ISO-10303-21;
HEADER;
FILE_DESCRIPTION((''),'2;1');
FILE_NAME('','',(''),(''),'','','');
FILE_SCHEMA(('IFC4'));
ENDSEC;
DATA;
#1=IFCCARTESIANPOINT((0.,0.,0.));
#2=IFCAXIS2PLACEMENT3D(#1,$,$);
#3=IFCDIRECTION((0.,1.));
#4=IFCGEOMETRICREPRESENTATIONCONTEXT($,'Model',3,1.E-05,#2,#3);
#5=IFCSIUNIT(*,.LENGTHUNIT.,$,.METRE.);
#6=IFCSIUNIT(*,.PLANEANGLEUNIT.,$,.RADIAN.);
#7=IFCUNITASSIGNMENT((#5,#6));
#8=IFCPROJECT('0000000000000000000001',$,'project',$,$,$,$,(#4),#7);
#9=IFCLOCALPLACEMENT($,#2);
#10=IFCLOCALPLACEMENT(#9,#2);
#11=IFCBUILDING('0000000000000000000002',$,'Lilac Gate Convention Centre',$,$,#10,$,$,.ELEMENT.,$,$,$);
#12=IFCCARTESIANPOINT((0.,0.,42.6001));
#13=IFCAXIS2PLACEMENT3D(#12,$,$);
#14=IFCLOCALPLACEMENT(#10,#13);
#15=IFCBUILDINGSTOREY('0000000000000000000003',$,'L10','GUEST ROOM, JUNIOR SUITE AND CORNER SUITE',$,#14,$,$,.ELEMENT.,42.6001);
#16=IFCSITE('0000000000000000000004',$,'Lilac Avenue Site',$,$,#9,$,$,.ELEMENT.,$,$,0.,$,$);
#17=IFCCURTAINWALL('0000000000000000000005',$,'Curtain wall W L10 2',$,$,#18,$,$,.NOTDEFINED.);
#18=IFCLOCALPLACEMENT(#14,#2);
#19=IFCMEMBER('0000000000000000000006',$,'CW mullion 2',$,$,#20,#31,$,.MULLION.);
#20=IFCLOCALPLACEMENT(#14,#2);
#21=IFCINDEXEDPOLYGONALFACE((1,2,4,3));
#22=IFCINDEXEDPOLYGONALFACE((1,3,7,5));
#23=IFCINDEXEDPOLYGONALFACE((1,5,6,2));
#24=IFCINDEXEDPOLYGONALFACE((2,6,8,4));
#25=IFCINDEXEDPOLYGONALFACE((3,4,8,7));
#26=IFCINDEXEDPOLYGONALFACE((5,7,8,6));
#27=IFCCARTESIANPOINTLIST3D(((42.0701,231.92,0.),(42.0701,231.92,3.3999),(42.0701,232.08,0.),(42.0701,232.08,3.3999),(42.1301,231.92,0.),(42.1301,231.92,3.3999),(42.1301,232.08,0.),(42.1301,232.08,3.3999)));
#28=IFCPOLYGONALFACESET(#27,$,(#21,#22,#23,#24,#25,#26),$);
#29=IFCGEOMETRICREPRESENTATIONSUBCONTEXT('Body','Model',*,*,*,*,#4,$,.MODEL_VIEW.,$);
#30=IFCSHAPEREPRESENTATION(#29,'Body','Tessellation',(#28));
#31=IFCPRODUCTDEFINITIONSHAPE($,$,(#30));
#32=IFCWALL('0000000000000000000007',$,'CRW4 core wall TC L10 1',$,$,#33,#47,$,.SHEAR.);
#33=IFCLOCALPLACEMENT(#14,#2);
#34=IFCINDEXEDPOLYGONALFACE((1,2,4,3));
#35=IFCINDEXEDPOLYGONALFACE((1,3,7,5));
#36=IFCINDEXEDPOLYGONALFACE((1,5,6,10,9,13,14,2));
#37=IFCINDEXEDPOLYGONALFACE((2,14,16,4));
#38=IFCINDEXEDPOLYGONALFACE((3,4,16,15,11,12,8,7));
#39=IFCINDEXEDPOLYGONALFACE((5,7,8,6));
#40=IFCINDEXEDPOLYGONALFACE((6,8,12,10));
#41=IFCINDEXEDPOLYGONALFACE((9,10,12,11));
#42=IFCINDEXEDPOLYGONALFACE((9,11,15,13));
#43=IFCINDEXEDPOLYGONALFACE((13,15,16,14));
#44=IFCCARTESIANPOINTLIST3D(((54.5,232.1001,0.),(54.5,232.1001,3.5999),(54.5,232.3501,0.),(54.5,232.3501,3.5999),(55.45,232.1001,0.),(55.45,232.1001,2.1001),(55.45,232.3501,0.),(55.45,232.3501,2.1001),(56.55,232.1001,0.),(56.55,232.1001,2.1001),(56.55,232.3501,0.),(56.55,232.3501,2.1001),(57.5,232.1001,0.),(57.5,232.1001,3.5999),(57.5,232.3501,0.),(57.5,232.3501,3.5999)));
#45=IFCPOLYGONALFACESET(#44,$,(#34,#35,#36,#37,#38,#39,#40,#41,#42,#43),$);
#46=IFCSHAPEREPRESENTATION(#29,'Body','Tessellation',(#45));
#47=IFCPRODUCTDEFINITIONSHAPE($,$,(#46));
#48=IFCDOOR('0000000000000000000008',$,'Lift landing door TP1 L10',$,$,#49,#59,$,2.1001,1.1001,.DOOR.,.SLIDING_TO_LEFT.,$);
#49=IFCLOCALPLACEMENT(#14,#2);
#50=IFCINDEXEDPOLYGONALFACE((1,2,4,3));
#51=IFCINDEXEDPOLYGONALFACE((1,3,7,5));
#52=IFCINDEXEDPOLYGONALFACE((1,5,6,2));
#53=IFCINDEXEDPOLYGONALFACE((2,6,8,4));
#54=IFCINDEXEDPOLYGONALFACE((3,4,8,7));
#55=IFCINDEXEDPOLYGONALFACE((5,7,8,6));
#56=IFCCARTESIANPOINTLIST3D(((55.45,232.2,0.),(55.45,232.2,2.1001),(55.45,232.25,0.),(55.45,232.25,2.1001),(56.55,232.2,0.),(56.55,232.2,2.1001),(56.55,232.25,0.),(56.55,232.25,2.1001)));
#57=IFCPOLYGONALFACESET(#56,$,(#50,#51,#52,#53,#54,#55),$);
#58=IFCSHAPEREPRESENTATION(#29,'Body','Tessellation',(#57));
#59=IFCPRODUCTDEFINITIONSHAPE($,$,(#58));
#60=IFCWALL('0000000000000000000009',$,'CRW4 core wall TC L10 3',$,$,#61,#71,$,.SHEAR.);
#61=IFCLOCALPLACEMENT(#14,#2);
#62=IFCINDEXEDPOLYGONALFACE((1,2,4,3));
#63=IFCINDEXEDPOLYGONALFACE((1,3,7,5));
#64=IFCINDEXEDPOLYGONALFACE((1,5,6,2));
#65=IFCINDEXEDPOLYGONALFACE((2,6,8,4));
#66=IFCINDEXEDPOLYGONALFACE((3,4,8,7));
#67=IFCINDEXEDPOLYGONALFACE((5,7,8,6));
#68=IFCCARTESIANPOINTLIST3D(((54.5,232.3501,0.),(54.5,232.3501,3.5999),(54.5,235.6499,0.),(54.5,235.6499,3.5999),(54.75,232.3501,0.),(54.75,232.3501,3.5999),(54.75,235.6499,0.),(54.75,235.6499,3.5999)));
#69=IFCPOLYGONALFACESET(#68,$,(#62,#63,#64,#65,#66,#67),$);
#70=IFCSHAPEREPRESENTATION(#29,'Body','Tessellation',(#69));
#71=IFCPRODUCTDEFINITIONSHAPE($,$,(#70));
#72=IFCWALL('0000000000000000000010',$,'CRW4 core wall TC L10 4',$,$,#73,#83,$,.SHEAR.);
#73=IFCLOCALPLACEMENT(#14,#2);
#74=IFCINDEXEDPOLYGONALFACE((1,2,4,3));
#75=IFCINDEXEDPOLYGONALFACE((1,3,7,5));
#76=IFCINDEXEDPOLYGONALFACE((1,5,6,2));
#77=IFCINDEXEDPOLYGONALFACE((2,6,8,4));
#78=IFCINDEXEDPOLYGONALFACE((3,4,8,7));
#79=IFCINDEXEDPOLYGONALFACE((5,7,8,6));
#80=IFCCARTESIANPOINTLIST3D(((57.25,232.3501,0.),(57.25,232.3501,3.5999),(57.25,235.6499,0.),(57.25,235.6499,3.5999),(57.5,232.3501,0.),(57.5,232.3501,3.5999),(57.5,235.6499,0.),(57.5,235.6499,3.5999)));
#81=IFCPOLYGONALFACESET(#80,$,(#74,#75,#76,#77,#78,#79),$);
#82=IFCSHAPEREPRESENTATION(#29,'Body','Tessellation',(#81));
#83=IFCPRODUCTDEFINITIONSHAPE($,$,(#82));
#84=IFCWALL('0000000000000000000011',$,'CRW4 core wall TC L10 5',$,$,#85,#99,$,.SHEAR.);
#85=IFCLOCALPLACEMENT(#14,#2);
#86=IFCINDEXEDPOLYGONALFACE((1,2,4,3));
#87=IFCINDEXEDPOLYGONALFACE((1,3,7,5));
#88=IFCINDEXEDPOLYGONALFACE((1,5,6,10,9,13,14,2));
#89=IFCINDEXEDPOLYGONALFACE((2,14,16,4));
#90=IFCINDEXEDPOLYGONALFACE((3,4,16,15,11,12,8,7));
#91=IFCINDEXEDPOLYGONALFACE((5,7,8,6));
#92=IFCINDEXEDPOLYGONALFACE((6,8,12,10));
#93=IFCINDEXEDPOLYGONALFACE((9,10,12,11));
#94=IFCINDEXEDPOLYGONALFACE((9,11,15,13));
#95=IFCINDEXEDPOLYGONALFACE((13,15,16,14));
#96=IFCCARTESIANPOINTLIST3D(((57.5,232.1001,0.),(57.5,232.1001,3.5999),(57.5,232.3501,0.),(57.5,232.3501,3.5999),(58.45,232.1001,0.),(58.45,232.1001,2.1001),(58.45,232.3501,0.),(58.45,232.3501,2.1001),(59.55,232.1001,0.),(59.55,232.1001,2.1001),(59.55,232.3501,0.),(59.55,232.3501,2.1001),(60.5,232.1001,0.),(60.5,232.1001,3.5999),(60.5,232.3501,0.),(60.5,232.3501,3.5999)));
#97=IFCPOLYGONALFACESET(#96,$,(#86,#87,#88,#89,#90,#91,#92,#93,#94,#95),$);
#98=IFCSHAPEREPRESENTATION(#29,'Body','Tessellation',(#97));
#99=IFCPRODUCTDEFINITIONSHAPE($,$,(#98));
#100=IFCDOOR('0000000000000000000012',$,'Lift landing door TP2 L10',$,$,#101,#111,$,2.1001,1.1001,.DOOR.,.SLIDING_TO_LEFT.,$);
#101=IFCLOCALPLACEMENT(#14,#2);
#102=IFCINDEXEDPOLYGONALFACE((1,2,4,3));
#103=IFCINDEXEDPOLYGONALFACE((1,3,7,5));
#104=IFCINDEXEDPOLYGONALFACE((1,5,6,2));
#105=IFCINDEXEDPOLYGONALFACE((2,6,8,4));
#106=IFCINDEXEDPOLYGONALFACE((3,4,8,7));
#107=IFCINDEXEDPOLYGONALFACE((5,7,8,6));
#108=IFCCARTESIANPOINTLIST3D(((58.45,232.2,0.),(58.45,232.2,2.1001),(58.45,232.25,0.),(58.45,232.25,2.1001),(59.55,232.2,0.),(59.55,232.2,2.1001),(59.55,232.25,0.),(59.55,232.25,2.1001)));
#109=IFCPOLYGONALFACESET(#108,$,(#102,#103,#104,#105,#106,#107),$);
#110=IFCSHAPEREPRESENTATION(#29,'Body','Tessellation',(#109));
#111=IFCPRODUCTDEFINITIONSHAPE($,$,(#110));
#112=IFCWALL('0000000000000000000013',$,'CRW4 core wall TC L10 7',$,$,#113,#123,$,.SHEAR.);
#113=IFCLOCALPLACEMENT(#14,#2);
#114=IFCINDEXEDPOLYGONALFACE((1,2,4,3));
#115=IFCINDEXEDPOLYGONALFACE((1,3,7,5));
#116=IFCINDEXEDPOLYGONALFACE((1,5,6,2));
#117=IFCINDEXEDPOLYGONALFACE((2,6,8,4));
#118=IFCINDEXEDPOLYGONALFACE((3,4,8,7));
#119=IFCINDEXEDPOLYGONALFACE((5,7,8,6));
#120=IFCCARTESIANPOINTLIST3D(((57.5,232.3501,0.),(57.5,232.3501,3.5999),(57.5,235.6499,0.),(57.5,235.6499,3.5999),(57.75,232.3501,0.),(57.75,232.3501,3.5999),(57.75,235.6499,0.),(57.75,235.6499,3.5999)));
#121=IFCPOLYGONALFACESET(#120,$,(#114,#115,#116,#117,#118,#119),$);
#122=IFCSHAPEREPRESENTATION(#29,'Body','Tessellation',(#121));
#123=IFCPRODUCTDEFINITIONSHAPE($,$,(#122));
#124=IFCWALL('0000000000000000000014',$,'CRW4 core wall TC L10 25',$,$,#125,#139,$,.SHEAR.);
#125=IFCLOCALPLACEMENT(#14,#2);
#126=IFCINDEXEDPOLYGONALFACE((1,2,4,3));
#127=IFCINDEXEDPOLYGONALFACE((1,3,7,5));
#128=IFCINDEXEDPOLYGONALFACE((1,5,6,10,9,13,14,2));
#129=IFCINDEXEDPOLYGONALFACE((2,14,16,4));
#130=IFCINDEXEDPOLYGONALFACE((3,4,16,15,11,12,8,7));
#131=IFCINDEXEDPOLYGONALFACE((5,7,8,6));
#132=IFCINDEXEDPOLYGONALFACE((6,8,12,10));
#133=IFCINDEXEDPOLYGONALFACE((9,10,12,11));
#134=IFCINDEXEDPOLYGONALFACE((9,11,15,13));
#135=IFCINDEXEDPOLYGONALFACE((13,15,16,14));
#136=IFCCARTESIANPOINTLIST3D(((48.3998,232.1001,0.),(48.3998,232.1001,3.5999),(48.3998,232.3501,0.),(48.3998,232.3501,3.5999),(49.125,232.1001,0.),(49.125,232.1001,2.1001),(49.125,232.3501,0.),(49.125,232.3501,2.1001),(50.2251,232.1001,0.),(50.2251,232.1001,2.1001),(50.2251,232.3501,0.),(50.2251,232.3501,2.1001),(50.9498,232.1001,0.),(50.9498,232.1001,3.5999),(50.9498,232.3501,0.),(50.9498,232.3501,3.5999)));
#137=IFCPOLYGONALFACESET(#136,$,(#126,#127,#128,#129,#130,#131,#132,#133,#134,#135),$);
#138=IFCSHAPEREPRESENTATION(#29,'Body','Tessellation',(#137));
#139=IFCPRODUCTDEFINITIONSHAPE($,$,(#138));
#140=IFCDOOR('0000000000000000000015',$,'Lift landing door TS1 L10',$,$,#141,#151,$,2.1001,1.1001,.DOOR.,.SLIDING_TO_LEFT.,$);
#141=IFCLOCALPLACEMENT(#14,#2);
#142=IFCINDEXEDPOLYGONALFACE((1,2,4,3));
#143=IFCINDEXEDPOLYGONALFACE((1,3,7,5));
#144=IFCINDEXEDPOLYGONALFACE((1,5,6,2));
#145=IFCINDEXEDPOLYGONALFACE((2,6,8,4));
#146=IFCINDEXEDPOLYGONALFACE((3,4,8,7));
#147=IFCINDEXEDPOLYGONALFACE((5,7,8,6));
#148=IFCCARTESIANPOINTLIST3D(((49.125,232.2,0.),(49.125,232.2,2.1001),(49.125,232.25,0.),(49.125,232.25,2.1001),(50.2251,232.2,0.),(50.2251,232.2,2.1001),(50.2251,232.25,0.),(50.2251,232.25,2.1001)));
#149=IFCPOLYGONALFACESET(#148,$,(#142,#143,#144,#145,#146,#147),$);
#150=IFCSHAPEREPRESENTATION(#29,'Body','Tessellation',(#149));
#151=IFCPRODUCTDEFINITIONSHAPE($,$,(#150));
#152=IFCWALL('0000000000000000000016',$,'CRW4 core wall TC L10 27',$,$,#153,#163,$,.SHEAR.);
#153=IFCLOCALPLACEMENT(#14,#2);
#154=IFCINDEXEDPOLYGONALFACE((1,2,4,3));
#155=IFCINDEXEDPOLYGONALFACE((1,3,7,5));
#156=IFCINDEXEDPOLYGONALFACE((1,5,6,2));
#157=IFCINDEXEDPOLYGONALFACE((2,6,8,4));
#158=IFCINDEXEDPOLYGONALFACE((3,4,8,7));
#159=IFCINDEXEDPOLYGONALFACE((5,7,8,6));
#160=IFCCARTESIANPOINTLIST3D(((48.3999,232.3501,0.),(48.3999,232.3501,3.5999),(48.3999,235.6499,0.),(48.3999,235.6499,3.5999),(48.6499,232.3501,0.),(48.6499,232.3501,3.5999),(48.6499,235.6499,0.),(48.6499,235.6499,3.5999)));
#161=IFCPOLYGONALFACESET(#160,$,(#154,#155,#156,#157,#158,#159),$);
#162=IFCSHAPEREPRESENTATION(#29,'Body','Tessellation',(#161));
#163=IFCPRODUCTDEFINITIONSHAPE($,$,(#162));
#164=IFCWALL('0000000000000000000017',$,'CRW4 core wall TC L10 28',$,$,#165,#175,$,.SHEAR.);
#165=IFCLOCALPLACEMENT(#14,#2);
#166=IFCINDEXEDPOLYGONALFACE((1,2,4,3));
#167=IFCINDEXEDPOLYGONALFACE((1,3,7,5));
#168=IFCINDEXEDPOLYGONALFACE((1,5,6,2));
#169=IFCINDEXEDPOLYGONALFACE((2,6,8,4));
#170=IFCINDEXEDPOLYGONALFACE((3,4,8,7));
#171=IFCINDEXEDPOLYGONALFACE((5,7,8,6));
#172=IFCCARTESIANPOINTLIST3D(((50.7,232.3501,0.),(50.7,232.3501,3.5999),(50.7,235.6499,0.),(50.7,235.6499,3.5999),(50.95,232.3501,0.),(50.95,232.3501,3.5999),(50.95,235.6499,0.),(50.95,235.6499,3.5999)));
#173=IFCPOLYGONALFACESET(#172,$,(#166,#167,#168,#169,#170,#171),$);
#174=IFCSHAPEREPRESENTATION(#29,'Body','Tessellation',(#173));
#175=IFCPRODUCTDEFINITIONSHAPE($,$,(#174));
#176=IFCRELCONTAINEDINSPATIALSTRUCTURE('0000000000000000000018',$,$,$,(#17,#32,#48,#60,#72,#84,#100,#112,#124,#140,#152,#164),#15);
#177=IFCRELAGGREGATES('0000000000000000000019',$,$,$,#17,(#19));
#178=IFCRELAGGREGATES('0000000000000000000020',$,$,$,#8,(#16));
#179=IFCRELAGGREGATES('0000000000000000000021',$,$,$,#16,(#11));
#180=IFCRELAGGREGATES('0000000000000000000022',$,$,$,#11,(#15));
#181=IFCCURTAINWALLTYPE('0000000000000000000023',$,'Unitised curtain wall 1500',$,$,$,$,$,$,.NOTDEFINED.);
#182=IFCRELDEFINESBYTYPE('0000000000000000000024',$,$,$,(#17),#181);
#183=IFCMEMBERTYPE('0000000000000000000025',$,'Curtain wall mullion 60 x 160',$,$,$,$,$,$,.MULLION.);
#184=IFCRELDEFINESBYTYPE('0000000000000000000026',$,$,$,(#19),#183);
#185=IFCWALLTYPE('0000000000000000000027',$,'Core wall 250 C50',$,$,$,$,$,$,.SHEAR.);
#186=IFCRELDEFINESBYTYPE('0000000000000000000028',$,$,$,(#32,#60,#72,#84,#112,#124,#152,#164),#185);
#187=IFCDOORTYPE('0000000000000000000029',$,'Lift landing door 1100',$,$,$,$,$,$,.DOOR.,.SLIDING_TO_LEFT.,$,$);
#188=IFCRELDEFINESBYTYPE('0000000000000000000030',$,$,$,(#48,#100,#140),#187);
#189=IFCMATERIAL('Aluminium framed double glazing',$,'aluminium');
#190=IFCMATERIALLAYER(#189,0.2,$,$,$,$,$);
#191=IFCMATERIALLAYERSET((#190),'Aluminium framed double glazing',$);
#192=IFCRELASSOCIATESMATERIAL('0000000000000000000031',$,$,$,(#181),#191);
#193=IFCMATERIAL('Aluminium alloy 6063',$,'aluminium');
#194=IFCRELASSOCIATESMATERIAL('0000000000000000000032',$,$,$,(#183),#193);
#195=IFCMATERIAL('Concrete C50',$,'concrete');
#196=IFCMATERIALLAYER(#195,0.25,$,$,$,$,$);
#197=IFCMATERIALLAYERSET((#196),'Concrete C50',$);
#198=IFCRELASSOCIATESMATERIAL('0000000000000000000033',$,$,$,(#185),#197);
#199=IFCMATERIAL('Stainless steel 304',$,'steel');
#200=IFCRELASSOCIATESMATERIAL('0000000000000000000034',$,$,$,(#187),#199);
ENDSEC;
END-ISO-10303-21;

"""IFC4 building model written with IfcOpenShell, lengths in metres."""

from ifc_helpers import new_model, si_unit, direction, frame, frame_2d, origin, origin_2d, place, context, subcontext, project, spatial, rectangle, extrude, material, layer, layer_set, material_profile, profile_set, type_object, element, fill, aggregate, save


model = new_model("IFC4")

# Units and contexts
model_context = context("Model", 3, precision=1e-05, world=origin(), true_north=direction((0.0, 1.0)))
body_context = subcontext(model_context, "Body", "Model", "MODEL_VIEW")
ifc_project = project(units=[si_unit("LENGTHUNIT", "METRE"), si_unit("PLANEANGLEUNIT", "RADIAN")], contexts=[model_context])

# Site, building, storey
site_placement = place(None, origin())
site = spatial("IfcSite", under=ifc_project, at=site_placement, Name="Lilac Avenue Site", CompositionType="ELEMENT", RefElevation=0.0)
building_placement = place(site_placement, origin())
building = spatial("IfcBuilding", under=site, at=building_placement, Name="Lilac Gate Convention Centre", CompositionType="ELEMENT")
storey_placement = place(building_placement, frame((0.0, 0.0, 42.6001)))
storey = spatial("IfcBuildingStorey", under=building, at=storey_placement, Name="L10", Description="GUEST ROOM, JUNIOR SUITE AND CORNER SUITE", CompositionType="ELEMENT", Elevation=42.6001)

# Curtain wall, member
ifc_material_1 = material(Name="Aluminium framed double glazing", Category="aluminium")
ifc_layer_1 = layer(ifc_material_1, 0.2)
ifc_layer_set_1 = layer_set([ifc_layer_1], Name="Aluminium framed double glazing")
curtain_wall_type = type_object("IfcCurtainWallType", Name="Unitised curtain wall 1500", PredefinedType="NOTDEFINED", material=ifc_layer_set_1)
curtain_wall_placement = place(storey_placement, origin())
curtain_wall = element("IfcCurtainWall", 1, at=curtain_wall_placement, inside=storey, type_object=curtain_wall_type, Name="Curtain wall W L10 2", PredefinedType="NOTDEFINED")
ifc_material_2 = material(Name="Aluminium alloy 6063", Category="aluminium")
ifc_material_profile = material_profile(ifc_material_2, rectangle(XDim=0.0601, YDim=0.1599, at=origin_2d()), Name="Curtain wall mullion 60 x 160")
ifc_profile_set = profile_set([ifc_material_profile], Name="Aluminium alloy 6063")
member_type = type_object("IfcMemberType", Name="Curtain wall mullion 60 x 160", PredefinedType="MULLION", material=ifc_profile_set)
member_placement = place(storey_placement, frame((42.1001, 232.0, 0.0), z_axis=(0.0, 0.0, 1.0), x_axis=(1.0, 0.0, 0.0)))
member = element("IfcMember", 2, at=member_placement, type_object=member_type, Name="CW mullion 2", PredefinedType="MULLION", context=body_context, shape_type="SweptSolid", body=[
    extrude(rectangle(XDim=0.0601, YDim=0.1599, at=origin_2d()), origin(), (0.0, 0.0, 1.0), 3.3999),
])
aggregate(curtain_wall, [member])

# Wall, opening, door
ifc_material_3 = material(Name="Concrete C50", Category="concrete")
ifc_layer_2 = layer(ifc_material_3, 0.25)
ifc_layer_set_2 = layer_set([ifc_layer_2], Name="Concrete C50")
wall_type_1 = type_object("IfcWallType", Name="Core wall 250 C50", PredefinedType="SHEAR", material=ifc_layer_set_2)
wall_1_placement = place(storey_placement, frame((54.5, 232.2251, 0.0), z_axis=(0.0, 0.0, 1.0), x_axis=(1.0, 0.0, 0.0)))
wall_1 = element("IfcWall", 3, at=wall_1_placement, inside=storey, type_object=wall_type_1, Name="CRW4 core wall TC L10 1", PredefinedType="SHEAR", context=body_context, shape_type="SweptSolid", body=[
    extrude(rectangle(XDim=3.0, YDim=0.25, at=frame_2d((1.5, 0.0))), origin(), (0.0, 0.0, 1.0), 3.5999),
])
opening_1_placement = place(wall_1_placement, frame((0.95, 0.0, 0.0)))
opening_1 = element("IfcOpeningElement", 4, at=opening_1_placement, cuts=wall_1, PredefinedType="OPENING", context=body_context, shape_type="SweptSolid", body=[
    extrude(rectangle(XDim=1.1001, YDim=2.1001, at=frame_2d((0.55, 1.05))), frame((0.0, 0.135, 0.0), z_axis=(0.0, -1.0, 0.0), x_axis=(1.0, 0.0, 0.0)), (0.0, 0.0, 1.0), 0.27),
])
ifc_material_4 = material(Name="Stainless steel 304", Category="steel")
door_type_1 = type_object("IfcDoorType", Name="Lift landing door 1100", OperationType="SLIDING_TO_LEFT", PredefinedType="DOOR", material=ifc_material_4)
door_1_placement = place(opening_1_placement, origin())
door_1 = element("IfcDoor", 5, at=door_1_placement, inside=storey, type_object=door_type_1, Name="Lift landing door TP1 L10", OperationType="SLIDING_TO_LEFT", OverallHeight=2.1001, OverallWidth=1.1001, PredefinedType="DOOR", context=body_context, shape_type="SweptSolid", body=[
    extrude(rectangle(XDim=1.1001, YDim=2.1001, at=frame_2d((0.55, 1.05))), frame((0.0, 0.0249, 0.0), z_axis=(0.0, -1.0, 0.0), x_axis=(1.0, 0.0, 0.0)), (0.0, 0.0, 1.0), 0.05),
])
fill(opening_1, door_1)

# Walls
for number, where, z_axis, x_axis, name in (
    (6, (54.625, 232.3501, 0.0), (0.0, 0.0, 1.0), (0.0, 1.0, 0.0), "CRW4 core wall TC L10 3"),
    (7, (57.375, 232.3501, 0.0), (0.0, 0.0, 1.0), (0.0, 1.0, 0.0), "CRW4 core wall TC L10 4"),
):
    element("IfcWall", number, at=place(storey_placement, frame(where, z_axis=z_axis, x_axis=x_axis)), inside=storey, type_object=wall_type_1, Name=name, PredefinedType="SHEAR", context=body_context, shape_type="SweptSolid", body=[
        extrude(rectangle(XDim=3.2998, YDim=0.25, at=frame_2d((1.6499, 0.0))), origin(), (0.0, 0.0, 1.0), 3.5999),
    ])

# Wall, opening, door
wall_2_placement = place(storey_placement, frame((57.5, 232.2251, 0.0), z_axis=(0.0, 0.0, 1.0), x_axis=(1.0, 0.0, 0.0)))
wall_2 = element("IfcWall", 8, at=wall_2_placement, inside=storey, type_object=wall_type_1, Name="CRW4 core wall TC L10 5", PredefinedType="SHEAR", context=body_context, shape_type="SweptSolid", body=[
    extrude(rectangle(XDim=3.0, YDim=0.25, at=frame_2d((1.5, 0.0))), origin(), (0.0, 0.0, 1.0), 3.5999),
])
opening_2_placement = place(wall_2_placement, frame((0.95, 0.0, 0.0)))
opening_2 = element("IfcOpeningElement", 9, at=opening_2_placement, cuts=wall_2, PredefinedType="OPENING", context=body_context, shape_type="SweptSolid", body=[
    extrude(rectangle(XDim=1.1001, YDim=2.1001, at=frame_2d((0.55, 1.05))), frame((0.0, 0.135, 0.0), z_axis=(0.0, -1.0, 0.0), x_axis=(1.0, 0.0, 0.0)), (0.0, 0.0, 1.0), 0.27),
])
door_2_placement = place(opening_2_placement, origin())
door_2 = element("IfcDoor", 10, at=door_2_placement, inside=storey, type_object=door_type_1, Name="Lift landing door TP2 L10", OperationType="SLIDING_TO_LEFT", OverallHeight=2.1001, OverallWidth=1.1001, PredefinedType="DOOR", context=body_context, shape_type="SweptSolid", body=[
    extrude(rectangle(XDim=1.1001, YDim=2.1001, at=frame_2d((0.55, 1.05))), frame((0.0, 0.0249, 0.0), z_axis=(0.0, -1.0, 0.0), x_axis=(1.0, 0.0, 0.0)), (0.0, 0.0, 1.0), 0.05),
])
fill(opening_2, door_2)

# Wall
wall_3_placement = place(storey_placement, frame((57.625, 232.3501, 0.0), z_axis=(0.0, 0.0, 1.0), x_axis=(0.0, 1.0, 0.0)))
element("IfcWall", 11, at=wall_3_placement, inside=storey, type_object=wall_type_1, Name="CRW4 core wall TC L10 7", PredefinedType="SHEAR", context=body_context, shape_type="SweptSolid", body=[
    extrude(rectangle(XDim=3.2998, YDim=0.25, at=frame_2d((1.6499, 0.0))), origin(), (0.0, 0.0, 1.0), 3.5999),
])

# Wall, opening, door
wall_4_placement = place(storey_placement, frame((48.3999, 232.2251, 0.0), z_axis=(0.0, 0.0, 1.0), x_axis=(1.0, 0.0, 0.0)))
wall_4 = element("IfcWall", 12, at=wall_4_placement, inside=storey, type_object=wall_type_1, Name="CRW4 core wall TC L10 25", PredefinedType="SHEAR", context=body_context, shape_type="SweptSolid", body=[
    extrude(rectangle(XDim=2.55, YDim=0.25, at=frame_2d((1.2749, 0.0))), origin(), (0.0, 0.0, 1.0), 3.5999),
])
opening_3_placement = place(wall_4_placement, frame((0.7251, 0.0, 0.0)))
opening_3 = element("IfcOpeningElement", 13, at=opening_3_placement, cuts=wall_4, PredefinedType="OPENING", context=body_context, shape_type="SweptSolid", body=[
    extrude(rectangle(XDim=1.1001, YDim=2.1001, at=frame_2d((0.55, 1.05))), frame((0.0, 0.135, 0.0), z_axis=(0.0, -1.0, 0.0), x_axis=(1.0, 0.0, 0.0)), (0.0, 0.0, 1.0), 0.27),
])
door_3_placement = place(opening_3_placement, origin())
door_3 = element("IfcDoor", 14, at=door_3_placement, inside=storey, type_object=door_type_1, Name="Lift landing door TS1 L10", OperationType="SLIDING_TO_LEFT", OverallHeight=2.1001, OverallWidth=1.1001, PredefinedType="DOOR", context=body_context, shape_type="SweptSolid", body=[
    extrude(rectangle(XDim=1.1001, YDim=2.1001, at=frame_2d((0.55, 1.05))), frame((0.0, 0.0249, 0.0), z_axis=(0.0, -1.0, 0.0), x_axis=(1.0, 0.0, 0.0)), (0.0, 0.0, 1.0), 0.05),
])
fill(opening_3, door_3)

# Walls
for number, where, z_axis, x_axis, name in (
    (15, (48.5249, 232.3501, 0.0), (0.0, 0.0, 1.0), (0.0, 1.0, 0.0), "CRW4 core wall TC L10 27"),
    (16, (50.825, 232.3501, 0.0), (0.0, 0.0, 1.0), (0.0, 1.0, 0.0), "CRW4 core wall TC L10 28"),
):
    element("IfcWall", number, at=place(storey_placement, frame(where, z_axis=z_axis, x_axis=x_axis)), inside=storey, type_object=wall_type_1, Name=name, PredefinedType="SHEAR", context=body_context, shape_type="SweptSolid", body=[
        extrude(rectangle(XDim=3.2998, YDim=0.25, at=frame_2d((1.6499, 0.0))), origin(), (0.0, 0.0, 1.0), 3.5999),
    ])

save(model, "model.ifc")
